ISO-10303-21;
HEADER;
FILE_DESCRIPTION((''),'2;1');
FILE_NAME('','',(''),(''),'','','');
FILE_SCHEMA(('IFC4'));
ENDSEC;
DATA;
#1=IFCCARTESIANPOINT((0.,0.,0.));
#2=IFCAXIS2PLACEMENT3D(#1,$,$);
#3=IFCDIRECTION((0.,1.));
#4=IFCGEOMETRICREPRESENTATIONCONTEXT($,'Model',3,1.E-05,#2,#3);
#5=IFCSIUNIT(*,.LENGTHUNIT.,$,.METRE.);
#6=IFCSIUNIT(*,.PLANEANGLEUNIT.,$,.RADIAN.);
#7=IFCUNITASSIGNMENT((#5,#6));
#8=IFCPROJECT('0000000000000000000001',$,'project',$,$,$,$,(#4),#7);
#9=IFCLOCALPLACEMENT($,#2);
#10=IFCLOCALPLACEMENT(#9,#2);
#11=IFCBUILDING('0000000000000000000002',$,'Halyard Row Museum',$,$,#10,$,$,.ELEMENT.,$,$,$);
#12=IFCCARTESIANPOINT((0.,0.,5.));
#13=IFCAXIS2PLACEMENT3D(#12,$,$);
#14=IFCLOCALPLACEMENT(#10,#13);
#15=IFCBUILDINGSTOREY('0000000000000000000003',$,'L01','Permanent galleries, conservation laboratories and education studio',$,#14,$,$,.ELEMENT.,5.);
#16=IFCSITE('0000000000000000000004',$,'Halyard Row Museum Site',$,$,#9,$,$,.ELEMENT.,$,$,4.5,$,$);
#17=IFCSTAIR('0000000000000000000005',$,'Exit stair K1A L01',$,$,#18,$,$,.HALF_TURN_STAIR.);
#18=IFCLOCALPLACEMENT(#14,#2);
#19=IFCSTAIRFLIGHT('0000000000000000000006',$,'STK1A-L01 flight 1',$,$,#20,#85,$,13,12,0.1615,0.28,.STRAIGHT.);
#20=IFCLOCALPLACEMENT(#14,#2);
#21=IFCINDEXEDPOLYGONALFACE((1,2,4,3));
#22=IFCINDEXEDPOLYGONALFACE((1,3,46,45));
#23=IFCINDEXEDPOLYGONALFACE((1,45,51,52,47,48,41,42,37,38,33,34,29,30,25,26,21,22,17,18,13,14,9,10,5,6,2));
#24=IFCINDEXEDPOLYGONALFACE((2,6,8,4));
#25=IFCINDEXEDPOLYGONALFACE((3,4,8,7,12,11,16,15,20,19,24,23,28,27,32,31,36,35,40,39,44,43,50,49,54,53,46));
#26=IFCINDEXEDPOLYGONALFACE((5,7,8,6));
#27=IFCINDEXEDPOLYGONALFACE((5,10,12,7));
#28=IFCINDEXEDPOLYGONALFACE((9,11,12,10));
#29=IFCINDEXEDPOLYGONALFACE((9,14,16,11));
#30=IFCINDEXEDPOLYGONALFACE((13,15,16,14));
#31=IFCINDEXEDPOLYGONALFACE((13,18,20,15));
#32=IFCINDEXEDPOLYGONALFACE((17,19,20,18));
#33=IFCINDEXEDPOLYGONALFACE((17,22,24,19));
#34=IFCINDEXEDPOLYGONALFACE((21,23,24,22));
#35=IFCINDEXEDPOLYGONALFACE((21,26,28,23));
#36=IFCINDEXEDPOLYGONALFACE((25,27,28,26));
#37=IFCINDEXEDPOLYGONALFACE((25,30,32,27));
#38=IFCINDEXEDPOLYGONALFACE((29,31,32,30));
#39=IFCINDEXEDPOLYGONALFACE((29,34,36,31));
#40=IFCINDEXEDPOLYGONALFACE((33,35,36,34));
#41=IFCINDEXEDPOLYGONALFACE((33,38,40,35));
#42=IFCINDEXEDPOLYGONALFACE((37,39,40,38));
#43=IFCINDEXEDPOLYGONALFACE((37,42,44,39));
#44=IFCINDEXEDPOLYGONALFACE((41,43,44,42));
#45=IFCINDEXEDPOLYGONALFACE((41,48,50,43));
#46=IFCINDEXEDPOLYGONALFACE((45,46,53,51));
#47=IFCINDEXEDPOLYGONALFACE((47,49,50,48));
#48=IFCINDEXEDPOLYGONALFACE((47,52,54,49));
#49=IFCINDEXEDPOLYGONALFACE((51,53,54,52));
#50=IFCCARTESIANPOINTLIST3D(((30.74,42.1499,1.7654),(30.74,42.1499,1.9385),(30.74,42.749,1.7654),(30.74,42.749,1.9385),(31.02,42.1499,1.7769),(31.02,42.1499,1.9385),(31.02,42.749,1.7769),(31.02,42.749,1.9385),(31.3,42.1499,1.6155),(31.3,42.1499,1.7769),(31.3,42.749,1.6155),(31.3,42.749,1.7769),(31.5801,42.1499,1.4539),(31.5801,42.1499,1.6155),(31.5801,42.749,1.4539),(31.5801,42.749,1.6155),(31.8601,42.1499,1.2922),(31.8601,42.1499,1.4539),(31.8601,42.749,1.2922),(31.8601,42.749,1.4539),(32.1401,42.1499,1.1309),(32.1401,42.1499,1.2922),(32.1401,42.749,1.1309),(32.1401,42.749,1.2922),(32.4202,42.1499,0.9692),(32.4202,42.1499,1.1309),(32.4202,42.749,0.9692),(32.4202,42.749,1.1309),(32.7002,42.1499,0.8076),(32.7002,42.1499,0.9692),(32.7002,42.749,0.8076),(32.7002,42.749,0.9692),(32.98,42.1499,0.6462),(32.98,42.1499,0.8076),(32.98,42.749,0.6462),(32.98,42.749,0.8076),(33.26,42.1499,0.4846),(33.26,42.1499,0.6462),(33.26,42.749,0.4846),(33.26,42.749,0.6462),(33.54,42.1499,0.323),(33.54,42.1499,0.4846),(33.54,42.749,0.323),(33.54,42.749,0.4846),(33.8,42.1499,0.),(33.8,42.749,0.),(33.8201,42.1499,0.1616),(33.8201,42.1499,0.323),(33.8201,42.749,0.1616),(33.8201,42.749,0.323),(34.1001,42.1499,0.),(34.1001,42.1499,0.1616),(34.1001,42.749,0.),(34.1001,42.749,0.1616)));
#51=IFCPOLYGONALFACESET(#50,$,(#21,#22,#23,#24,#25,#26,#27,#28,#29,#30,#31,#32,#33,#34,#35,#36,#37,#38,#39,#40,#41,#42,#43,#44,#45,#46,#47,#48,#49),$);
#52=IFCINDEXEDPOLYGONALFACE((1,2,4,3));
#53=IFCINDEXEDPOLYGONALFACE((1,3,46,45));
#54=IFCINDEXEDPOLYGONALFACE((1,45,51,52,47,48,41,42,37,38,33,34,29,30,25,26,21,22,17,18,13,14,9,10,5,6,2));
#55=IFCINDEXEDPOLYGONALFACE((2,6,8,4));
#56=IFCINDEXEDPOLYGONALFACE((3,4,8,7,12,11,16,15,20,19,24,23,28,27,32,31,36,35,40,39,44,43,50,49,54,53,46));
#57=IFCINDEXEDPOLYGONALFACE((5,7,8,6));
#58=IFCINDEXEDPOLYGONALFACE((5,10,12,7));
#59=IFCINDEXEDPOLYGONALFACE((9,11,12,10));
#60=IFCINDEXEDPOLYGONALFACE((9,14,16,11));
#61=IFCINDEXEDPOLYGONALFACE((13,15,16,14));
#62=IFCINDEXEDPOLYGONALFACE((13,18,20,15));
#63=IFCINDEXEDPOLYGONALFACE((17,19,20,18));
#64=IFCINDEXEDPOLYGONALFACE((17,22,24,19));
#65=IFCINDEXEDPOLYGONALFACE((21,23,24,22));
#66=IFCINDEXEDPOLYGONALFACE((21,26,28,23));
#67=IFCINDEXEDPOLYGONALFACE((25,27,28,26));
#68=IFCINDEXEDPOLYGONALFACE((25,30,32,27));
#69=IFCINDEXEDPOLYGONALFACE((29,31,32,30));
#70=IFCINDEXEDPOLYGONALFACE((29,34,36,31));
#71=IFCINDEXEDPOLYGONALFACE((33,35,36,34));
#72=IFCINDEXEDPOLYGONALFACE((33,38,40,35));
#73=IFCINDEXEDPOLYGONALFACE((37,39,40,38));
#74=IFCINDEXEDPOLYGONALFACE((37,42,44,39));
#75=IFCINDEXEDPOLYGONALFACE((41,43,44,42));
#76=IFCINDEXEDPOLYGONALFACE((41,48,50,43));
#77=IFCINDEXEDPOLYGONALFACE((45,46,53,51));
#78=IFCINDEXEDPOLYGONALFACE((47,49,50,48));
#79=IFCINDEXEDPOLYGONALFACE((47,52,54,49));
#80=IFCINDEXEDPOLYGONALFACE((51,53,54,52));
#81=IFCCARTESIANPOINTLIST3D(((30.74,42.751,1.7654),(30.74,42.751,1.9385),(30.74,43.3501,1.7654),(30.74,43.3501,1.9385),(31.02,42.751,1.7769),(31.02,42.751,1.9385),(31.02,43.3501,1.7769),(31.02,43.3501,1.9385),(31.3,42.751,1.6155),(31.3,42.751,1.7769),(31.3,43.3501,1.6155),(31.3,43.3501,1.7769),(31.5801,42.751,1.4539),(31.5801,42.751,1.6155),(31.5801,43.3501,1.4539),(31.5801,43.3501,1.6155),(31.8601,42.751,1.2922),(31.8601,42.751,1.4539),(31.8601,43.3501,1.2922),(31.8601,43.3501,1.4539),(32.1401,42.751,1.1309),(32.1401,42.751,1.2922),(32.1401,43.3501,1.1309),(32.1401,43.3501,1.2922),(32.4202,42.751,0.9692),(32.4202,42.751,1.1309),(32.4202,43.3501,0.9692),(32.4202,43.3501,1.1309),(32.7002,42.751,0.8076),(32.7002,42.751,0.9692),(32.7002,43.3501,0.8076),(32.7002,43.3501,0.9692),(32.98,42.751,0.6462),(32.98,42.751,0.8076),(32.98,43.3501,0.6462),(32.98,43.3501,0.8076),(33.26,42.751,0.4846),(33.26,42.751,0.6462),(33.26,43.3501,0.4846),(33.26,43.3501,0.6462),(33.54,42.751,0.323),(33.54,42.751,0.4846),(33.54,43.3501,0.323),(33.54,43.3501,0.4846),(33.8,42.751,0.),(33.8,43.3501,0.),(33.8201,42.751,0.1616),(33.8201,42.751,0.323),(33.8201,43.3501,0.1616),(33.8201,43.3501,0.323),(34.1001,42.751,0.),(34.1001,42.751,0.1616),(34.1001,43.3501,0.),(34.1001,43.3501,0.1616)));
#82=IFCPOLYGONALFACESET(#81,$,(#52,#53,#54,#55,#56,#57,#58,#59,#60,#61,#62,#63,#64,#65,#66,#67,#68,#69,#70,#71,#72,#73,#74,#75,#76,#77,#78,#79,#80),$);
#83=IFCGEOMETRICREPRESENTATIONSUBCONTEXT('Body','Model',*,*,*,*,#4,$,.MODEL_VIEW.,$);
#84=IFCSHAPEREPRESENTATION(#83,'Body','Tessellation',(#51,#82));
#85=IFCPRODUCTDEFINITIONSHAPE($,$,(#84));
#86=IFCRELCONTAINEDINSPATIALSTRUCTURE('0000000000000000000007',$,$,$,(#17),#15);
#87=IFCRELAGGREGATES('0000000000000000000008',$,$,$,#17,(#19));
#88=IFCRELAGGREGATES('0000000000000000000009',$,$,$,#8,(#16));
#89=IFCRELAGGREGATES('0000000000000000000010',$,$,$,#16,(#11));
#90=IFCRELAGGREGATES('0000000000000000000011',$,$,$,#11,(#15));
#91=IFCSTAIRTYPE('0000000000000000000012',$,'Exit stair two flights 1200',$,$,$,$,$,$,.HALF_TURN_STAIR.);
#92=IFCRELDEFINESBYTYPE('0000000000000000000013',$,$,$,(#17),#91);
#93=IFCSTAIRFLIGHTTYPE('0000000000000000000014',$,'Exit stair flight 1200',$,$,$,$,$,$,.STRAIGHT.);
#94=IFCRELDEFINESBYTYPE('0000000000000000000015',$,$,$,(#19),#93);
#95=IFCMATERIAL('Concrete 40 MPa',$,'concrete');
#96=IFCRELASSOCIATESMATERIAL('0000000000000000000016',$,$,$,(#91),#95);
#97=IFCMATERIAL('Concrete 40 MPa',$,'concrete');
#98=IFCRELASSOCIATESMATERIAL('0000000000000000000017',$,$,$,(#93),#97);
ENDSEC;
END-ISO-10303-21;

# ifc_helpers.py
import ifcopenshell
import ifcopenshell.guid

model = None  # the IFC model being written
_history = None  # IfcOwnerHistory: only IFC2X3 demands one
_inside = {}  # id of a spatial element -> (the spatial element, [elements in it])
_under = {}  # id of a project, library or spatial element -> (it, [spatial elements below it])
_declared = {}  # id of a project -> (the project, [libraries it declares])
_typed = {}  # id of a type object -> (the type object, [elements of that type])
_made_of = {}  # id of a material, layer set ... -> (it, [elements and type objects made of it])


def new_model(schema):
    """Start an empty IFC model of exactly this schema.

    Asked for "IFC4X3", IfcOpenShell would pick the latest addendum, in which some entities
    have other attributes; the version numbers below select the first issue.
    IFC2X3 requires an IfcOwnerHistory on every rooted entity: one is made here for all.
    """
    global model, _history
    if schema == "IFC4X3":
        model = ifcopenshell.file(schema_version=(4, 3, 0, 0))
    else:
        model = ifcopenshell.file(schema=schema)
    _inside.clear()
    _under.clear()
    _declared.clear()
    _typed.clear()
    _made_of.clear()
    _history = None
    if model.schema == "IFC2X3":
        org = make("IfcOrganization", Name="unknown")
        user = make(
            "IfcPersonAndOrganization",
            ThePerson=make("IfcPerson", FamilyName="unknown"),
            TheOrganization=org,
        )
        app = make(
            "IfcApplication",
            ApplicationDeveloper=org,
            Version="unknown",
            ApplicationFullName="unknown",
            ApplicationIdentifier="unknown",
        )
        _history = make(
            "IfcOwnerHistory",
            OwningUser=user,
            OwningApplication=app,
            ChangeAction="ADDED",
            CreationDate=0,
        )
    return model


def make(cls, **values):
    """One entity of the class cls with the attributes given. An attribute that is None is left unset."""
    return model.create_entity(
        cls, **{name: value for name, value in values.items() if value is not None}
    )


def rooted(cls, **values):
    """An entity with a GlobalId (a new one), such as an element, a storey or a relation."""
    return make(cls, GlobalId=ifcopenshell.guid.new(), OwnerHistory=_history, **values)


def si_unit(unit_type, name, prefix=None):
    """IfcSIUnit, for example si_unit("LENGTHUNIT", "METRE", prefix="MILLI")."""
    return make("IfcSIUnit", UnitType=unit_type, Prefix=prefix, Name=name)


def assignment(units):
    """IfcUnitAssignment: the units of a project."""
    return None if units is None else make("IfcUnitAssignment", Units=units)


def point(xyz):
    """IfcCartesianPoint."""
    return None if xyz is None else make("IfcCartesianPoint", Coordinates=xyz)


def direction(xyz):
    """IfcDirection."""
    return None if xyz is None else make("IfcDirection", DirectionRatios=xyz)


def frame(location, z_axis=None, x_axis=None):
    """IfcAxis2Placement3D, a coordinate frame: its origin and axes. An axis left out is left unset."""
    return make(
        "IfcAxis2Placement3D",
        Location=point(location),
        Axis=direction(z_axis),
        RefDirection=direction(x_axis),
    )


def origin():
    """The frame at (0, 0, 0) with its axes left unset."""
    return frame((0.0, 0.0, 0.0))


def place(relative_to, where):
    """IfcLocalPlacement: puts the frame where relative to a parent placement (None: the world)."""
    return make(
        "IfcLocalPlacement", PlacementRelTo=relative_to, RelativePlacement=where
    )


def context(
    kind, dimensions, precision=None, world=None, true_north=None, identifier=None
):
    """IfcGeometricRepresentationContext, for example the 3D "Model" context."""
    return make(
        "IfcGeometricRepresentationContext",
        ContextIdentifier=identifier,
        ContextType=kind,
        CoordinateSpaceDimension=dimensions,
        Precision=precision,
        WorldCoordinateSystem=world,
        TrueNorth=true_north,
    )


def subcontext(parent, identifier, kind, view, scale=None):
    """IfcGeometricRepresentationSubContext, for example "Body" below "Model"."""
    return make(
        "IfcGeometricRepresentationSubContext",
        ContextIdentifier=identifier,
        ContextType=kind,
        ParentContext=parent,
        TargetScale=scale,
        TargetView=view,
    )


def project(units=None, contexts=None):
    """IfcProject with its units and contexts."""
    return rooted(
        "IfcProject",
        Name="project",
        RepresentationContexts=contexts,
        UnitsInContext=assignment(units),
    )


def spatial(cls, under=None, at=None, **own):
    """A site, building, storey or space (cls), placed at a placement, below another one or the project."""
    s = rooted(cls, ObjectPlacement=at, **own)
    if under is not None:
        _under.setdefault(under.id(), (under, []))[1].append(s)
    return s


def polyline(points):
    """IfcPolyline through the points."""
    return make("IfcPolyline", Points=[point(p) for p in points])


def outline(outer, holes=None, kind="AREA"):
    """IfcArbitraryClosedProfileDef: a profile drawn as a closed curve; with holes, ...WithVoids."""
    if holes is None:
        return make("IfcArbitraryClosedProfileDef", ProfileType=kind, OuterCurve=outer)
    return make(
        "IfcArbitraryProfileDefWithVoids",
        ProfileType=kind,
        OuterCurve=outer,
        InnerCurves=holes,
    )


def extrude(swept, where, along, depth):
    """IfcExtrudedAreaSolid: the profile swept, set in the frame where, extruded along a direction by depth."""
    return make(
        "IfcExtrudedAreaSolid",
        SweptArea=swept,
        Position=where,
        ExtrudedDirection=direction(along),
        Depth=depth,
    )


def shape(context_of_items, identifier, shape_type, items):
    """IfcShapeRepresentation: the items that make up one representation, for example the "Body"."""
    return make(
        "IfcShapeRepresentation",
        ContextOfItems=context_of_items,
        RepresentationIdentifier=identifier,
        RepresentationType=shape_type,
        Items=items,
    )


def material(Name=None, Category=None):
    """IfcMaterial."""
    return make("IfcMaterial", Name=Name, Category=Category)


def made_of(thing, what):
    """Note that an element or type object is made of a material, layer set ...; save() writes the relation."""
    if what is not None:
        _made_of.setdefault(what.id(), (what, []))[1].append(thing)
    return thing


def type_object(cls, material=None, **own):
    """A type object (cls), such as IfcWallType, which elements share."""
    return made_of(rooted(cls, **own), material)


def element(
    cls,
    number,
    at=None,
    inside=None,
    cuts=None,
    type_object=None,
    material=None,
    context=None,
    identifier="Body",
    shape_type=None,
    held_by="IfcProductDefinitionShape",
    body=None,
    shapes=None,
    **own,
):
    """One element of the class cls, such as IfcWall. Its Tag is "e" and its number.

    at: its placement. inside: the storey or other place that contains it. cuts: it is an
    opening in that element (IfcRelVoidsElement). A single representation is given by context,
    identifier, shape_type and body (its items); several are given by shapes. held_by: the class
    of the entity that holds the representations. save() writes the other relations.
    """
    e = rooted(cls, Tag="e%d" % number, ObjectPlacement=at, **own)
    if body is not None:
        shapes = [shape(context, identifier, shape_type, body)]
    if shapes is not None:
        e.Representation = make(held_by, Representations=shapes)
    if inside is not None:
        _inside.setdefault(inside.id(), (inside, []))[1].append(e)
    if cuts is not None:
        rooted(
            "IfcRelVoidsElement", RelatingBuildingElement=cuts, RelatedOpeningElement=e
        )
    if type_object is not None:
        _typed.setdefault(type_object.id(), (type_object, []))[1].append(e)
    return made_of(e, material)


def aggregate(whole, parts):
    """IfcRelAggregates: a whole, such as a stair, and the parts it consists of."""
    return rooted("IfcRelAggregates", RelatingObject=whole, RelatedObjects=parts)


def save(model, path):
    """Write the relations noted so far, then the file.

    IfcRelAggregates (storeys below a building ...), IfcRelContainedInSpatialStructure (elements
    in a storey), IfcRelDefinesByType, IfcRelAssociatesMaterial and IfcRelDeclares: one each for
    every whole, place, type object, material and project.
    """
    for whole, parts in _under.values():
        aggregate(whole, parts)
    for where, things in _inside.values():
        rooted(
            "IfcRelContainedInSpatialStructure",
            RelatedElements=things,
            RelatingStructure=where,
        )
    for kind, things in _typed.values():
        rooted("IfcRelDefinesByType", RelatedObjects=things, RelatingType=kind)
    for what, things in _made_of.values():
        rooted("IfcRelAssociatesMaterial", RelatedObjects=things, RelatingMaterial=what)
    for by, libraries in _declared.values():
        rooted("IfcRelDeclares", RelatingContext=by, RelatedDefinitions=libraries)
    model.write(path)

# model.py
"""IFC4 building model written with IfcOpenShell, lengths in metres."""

from ifc_helpers import new_model, si_unit, direction, frame, origin, place, context, subcontext, project, spatial, polyline, outline, extrude, material, type_object, element, aggregate, save


model = new_model("IFC4")

# Units and contexts
model_context = context("Model", 3, precision=1e-05, world=origin(), true_north=direction((0.0, 1.0)))
body_context = subcontext(model_context, "Body", "Model", "MODEL_VIEW")
ifc_project = project(units=[si_unit("LENGTHUNIT", "METRE"), si_unit("PLANEANGLEUNIT", "RADIAN")], contexts=[model_context])

# Site, building, storey
site_placement = place(None, origin())
site = spatial("IfcSite", under=ifc_project, at=site_placement, Name="Halyard Row Museum Site", CompositionType="ELEMENT", RefElevation=4.5)
building_placement = place(site_placement, origin())
building = spatial("IfcBuilding", under=site, at=building_placement, Name="Halyard Row Museum", CompositionType="ELEMENT")
storey_placement = place(building_placement, frame((0.0, 0.0, 5.0)))
storey = spatial("IfcBuildingStorey", under=building, at=storey_placement, Name="L01", Description="Permanent galleries, conservation laboratories and education studio", CompositionType="ELEMENT", Elevation=5.0)

# Stair, stair flight
ifc_material_1 = material(Name="Concrete 40 MPa", Category="concrete")
stair_type = type_object("IfcStairType", Name="Exit stair two flights 1200", PredefinedType="HALF_TURN_STAIR", material=ifc_material_1)
stair_placement = place(storey_placement, origin())
stair = element("IfcStair", 1, at=stair_placement, inside=storey, type_object=stair_type, Name="Exit stair K1A L01", PredefinedType="HALF_TURN_STAIR")
ifc_material_2 = material(Name="Concrete 40 MPa", Category="concrete")
stair_flight_type = type_object("IfcStairFlightType", Name="Exit stair flight 1200", PredefinedType="STRAIGHT", material=ifc_material_2)
stair_flight_placement = place(storey_placement, frame((34.1001, 42.75, 0.0), z_axis=(0.0, 0.0, 1.0), x_axis=(-1.0, 0.0, 0.0)))
stair_flight = element("IfcStairFlight", 2, at=stair_flight_placement, type_object=stair_flight_type, Name="STK1A-L01 flight 1", NumberOfRisers=13, NumberOfTreads=12, PredefinedType="STRAIGHT", RiserHeight=0.1615, TreadLength=0.28, context=body_context, shape_type="SweptSolid", body=[
    extrude(outline(polyline([(0.0, 0.0), (0.0, 0.1616), (0.28, 0.1616), (0.28, 0.323), (0.5601, 0.323), (0.5601, 0.4846), (0.8401, 0.4846), (0.8401, 0.6462), (1.1201, 0.6462), (1.1201, 0.8076), (1.3999, 0.8076), (1.3999, 0.9692), (1.6799, 0.9692), (1.6799, 1.1309), (1.96, 1.1309), (1.96, 1.2922), (2.24, 1.2922), (2.24, 1.4539), (2.52, 1.4539), (2.52, 1.6155), (2.8, 1.6155), (2.8, 1.7769), (3.0801, 1.7769), (3.0801, 1.9385), (3.3601, 1.9385), (3.3601, 2.1001), (3.3601, 1.7654), (0.3, 0.0), (0.0, 0.0)])), frame((0.0, 0.6001, 0.0), z_axis=(0.0, -1.0, 0.0), x_axis=(1.0, 0.0, 0.0)), (0.0, 0.0, 1.0), 0.5991),
    extrude(outline(polyline([(0.0, 0.0), (0.0, 0.1616), (0.28, 0.1616), (0.28, 0.323), (0.5601, 0.323), (0.5601, 0.4846), (0.8401, 0.4846), (0.8401, 0.6462), (1.1201, 0.6462), (1.1201, 0.8076), (1.3999, 0.8076), (1.3999, 0.9692), (1.6799, 0.9692), (1.6799, 1.1309), (1.96, 1.1309), (1.96, 1.2922), (2.24, 1.2922), (2.24, 1.4539), (2.52, 1.4539), (2.52, 1.6155), (2.8, 1.6155), (2.8, 1.7769), (3.0801, 1.7769), (3.0801, 1.9385), (3.3601, 1.9385), (3.3601, 2.1001), (3.3601, 1.7654), (0.3, 0.0), (0.0, 0.0)])), frame((0.0, -0.001, 0.0), z_axis=(0.0, -1.0, 0.0), x_axis=(1.0, 0.0, 0.0)), (0.0, 0.0, 1.0), 0.5991),
])
aggregate(stair, [stair_flight])

save(model, "model.ifc")
